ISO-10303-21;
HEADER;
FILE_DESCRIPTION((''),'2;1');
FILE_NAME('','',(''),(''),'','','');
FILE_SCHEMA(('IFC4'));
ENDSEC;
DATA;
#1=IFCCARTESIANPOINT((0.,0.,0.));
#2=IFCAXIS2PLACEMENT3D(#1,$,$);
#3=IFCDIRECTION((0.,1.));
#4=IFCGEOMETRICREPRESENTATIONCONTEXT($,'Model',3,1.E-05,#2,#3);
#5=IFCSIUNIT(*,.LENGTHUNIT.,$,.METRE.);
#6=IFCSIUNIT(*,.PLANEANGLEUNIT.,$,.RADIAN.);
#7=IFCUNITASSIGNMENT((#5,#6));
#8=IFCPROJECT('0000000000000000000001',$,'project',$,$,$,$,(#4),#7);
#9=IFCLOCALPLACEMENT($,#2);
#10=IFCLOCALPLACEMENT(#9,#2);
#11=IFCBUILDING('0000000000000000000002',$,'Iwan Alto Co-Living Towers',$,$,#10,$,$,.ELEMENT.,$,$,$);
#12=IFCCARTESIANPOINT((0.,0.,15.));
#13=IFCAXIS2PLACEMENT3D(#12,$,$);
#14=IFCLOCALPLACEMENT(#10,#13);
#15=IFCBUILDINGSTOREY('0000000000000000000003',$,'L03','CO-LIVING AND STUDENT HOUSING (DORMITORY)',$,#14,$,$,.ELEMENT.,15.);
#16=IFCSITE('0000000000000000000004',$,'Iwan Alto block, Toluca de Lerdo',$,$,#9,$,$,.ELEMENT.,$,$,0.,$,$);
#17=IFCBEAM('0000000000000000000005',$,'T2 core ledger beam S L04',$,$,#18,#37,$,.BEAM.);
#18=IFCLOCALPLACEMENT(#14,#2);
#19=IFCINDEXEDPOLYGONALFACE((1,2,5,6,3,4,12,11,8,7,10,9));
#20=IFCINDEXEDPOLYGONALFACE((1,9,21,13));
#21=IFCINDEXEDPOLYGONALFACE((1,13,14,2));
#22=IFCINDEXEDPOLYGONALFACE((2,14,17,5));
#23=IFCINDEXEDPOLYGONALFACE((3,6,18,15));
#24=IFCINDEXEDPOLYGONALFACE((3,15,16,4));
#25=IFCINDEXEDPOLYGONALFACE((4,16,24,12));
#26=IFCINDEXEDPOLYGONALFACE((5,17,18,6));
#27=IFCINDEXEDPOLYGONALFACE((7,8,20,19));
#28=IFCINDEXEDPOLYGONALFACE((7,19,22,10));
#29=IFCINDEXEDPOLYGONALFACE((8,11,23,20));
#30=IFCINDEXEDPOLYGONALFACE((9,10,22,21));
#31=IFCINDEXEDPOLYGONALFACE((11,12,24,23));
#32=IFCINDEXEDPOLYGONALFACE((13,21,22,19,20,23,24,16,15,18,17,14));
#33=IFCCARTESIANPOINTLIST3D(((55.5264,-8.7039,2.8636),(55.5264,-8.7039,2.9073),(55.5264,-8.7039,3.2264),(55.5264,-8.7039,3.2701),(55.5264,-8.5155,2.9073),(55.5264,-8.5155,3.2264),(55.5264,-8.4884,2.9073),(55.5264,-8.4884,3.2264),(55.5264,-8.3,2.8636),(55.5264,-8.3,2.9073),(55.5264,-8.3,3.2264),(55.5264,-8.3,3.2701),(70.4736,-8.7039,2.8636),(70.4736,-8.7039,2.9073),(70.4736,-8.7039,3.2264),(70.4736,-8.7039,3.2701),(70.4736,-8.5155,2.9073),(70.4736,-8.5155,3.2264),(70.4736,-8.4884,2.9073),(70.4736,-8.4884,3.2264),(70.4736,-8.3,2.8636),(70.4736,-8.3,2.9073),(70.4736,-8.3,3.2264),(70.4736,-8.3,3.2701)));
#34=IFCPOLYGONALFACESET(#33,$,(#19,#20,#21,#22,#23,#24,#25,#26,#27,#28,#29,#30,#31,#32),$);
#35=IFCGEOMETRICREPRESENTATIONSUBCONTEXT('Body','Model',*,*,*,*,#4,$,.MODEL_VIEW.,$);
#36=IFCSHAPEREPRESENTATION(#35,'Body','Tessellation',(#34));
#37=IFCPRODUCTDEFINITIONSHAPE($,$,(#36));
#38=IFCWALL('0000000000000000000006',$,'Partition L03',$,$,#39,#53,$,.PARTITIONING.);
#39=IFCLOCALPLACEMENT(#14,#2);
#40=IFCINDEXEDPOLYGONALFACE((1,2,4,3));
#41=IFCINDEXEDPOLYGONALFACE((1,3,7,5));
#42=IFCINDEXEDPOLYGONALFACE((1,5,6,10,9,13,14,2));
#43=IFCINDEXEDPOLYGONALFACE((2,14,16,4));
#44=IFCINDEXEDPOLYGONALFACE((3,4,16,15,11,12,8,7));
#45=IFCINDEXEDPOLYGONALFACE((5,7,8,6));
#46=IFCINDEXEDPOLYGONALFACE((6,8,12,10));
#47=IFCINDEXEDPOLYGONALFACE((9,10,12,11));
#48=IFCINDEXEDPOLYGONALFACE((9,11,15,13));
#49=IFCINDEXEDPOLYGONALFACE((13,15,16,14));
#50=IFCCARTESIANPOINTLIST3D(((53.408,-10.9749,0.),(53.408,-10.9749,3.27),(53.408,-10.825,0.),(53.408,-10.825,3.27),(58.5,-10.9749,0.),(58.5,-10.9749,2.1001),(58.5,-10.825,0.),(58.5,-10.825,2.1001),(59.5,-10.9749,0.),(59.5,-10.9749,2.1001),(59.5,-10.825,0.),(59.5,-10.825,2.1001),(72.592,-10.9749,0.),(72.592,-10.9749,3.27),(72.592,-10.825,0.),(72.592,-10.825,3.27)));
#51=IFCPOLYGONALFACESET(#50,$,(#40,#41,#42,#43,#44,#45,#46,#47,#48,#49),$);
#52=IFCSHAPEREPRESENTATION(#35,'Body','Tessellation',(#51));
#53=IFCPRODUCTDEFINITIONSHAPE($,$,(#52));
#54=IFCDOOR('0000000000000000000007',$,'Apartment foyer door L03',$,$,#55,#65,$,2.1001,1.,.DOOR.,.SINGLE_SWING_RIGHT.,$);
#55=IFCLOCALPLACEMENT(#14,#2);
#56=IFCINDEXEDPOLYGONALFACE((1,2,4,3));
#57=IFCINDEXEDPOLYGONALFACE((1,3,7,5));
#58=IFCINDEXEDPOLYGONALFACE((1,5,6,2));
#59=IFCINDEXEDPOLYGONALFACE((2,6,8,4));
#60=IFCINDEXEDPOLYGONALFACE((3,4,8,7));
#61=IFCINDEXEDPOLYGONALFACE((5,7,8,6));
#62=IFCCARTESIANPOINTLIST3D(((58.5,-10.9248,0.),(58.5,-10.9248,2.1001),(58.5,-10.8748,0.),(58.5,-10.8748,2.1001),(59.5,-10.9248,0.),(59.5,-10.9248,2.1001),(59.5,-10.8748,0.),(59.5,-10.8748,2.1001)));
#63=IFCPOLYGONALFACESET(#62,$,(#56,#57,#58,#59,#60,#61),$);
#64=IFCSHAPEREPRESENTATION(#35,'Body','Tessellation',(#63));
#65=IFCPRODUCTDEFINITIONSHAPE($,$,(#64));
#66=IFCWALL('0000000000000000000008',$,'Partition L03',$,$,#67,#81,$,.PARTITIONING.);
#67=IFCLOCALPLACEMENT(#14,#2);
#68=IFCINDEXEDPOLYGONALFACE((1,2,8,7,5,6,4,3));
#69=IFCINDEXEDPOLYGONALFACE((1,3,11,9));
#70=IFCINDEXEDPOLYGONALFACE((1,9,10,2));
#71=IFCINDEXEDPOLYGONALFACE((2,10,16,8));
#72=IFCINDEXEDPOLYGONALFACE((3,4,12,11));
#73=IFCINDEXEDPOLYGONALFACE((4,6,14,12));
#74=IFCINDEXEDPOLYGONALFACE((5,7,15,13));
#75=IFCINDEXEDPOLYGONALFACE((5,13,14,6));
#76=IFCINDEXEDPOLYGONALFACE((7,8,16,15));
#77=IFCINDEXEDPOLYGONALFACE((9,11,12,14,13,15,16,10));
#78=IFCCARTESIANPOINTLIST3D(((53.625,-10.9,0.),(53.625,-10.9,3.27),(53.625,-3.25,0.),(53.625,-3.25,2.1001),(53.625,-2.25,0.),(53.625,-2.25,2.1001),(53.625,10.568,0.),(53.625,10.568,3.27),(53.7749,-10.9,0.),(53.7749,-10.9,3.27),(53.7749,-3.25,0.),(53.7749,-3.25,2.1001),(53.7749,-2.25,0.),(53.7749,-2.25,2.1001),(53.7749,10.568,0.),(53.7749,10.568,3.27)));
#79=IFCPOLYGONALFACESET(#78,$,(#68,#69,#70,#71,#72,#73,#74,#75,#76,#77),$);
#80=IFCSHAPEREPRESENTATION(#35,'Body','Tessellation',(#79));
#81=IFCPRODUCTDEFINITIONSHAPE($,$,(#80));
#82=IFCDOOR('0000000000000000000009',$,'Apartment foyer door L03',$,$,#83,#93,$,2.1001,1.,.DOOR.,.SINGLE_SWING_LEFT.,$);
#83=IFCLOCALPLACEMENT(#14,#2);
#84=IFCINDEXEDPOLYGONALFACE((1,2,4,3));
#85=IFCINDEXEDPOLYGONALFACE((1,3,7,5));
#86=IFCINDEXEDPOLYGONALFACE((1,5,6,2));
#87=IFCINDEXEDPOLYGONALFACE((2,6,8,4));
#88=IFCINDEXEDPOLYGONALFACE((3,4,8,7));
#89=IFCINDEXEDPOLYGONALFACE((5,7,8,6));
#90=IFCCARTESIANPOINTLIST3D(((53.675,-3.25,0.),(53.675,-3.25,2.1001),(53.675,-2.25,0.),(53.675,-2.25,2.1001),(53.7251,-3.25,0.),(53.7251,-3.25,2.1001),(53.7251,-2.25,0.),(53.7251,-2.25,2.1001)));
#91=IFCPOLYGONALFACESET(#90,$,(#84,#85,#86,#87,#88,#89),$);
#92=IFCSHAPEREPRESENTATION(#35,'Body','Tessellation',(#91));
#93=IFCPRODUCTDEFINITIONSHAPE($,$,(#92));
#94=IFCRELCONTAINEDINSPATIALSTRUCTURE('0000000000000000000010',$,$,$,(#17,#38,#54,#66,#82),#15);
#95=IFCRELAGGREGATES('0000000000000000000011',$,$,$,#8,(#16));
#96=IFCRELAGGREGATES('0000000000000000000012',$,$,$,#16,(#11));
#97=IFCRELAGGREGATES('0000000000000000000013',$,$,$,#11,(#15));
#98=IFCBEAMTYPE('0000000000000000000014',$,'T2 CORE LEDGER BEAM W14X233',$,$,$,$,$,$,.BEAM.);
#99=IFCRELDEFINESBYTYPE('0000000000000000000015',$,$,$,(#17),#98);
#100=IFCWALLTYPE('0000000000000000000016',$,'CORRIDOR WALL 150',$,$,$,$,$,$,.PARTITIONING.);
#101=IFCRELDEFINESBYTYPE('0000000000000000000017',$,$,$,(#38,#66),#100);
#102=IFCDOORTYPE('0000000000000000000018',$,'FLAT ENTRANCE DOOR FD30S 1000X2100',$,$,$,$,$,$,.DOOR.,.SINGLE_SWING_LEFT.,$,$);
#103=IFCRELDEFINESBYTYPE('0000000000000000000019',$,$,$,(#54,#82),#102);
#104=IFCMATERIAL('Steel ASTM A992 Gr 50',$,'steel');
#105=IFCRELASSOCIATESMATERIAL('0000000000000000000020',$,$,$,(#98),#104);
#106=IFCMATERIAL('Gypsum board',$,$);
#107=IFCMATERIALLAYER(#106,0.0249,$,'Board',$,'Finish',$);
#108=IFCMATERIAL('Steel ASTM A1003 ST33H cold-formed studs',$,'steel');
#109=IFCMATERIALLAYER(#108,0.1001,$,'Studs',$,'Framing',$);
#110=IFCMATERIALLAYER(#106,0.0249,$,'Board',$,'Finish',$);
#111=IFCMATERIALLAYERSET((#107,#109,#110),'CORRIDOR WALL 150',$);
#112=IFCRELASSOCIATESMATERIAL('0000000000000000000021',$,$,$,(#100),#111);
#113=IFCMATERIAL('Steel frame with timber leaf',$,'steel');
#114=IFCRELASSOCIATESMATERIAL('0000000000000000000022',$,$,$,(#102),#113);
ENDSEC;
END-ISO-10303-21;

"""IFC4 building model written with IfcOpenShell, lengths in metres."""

from ifc_helpers import new_model, si_unit, direction, frame, frame_2d, origin, origin_2d, place, context, subcontext, project, spatial, rectangle, i_section, extrude, material, layer, layer_set, material_profile, profile_set, type_object, element, fill, save


model = new_model("IFC4")

# Units and contexts
model_context = context("Model", 3, precision=1e-05, world=origin(), true_north=direction((0.0, 1.0)))
body_context = subcontext(model_context, "Body", "Model", "MODEL_VIEW")
ifc_project = project(units=[si_unit("LENGTHUNIT", "METRE"), si_unit("PLANEANGLEUNIT", "RADIAN")], contexts=[model_context])

# Site, building, storey
site_placement = place(None, origin())
site = spatial("IfcSite", under=ifc_project, at=site_placement, Name="Iwan Alto block, Toluca de Lerdo", CompositionType="ELEMENT", RefElevation=0.0)
building_placement = place(site_placement, origin())
building = spatial("IfcBuilding", under=site, at=building_placement, Name="Iwan Alto Co-Living Towers", CompositionType="ELEMENT")
storey_placement = place(building_placement, frame((0.0, 0.0, 15.0)))
storey = spatial("IfcBuildingStorey", under=building, at=storey_placement, Name="L03", Description="CO-LIVING AND STUDENT HOUSING (DORMITORY)", CompositionType="ELEMENT", Elevation=15.0)

# Beam
ifc_material_1 = material(Name="Steel ASTM A992 Gr 50", Category="steel")
ifc_material_profile = material_profile(ifc_material_1, i_section(OverallWidth=0.4038, OverallDepth=0.4065, WebThickness=0.0271, FlangeThickness=0.0437, at=origin_2d()), Name="W14X233")
ifc_profile_set = profile_set([ifc_material_profile], Name="Steel ASTM A992 Gr 50")
beam_type = type_object("IfcBeamType", Name="T2 CORE LEDGER BEAM W14X233", PredefinedType="BEAM", material=ifc_profile_set)
beam_placement = place(storey_placement, frame((55.5264, -8.502, 3.0669), z_axis=(1.0, 0.0, 0.0), x_axis=(0.0, 1.0, 0.0)))
element("IfcBeam", 1, at=beam_placement, inside=storey, type_object=beam_type, Name="T2 core ledger beam S L04", PredefinedType="BEAM", context=body_context, shape_type="SweptSolid", body=[
    extrude(i_section(OverallWidth=0.4038, OverallDepth=0.4065, WebThickness=0.0271, FlangeThickness=0.0437, at=origin_2d()), origin(), (0.0, 0.0, 1.0), 14.9473),
])

# Walls, openings, doors
ifc_material_2 = material(Name="Gypsum board")
ifc_layer_1 = layer(ifc_material_2, 0.0249, Name="Board", Category="Finish")
ifc_material_3 = material(Name="Steel ASTM A1003 ST33H cold-formed studs", Category="steel")
ifc_layer_2 = layer(ifc_material_3, 0.1001, Name="Studs", Category="Framing")
ifc_layer_3 = layer(ifc_material_2, 0.0249, Name="Board", Category="Finish")
ifc_layer_set_1 = layer_set([ifc_layer_1, ifc_layer_2, ifc_layer_3], Name="CORRIDOR WALL 150")
wall_type_1 = type_object("IfcWallType", Name="CORRIDOR WALL 150", PredefinedType="PARTITIONING", material=ifc_layer_set_1)
wall_1_placement = place(storey_placement, frame((53.408, -10.8999, 0.0), z_axis=(0.0, 0.0, 1.0), x_axis=(1.0, 0.0, 0.0)))
wall_1 = element("IfcWall", 2, at=wall_1_placement, inside=storey, type_object=wall_type_1, Name="Partition L03", PredefinedType="PARTITIONING", context=body_context, shape_type="SweptSolid", body=[
    extrude(rectangle(XDim=19.1841, YDim=0.1499, at=frame_2d((9.592, 0.0))), origin(), (0.0, 0.0, 1.0), 3.27),
])
opening_1_placement = place(wall_1_placement, frame((5.092, 0.0, 0.0)))
opening_1 = element("IfcOpeningElement", 3, at=opening_1_placement, cuts=wall_1, PredefinedType="OPENING", context=body_context, shape_type="SweptSolid", body=[
    extrude(rectangle(XDim=1.0, YDim=2.1001, at=frame_2d((0.5, 1.05))), frame((0.0, 0.085, 0.0), z_axis=(0.0, -1.0, 0.0), x_axis=(1.0, 0.0, 0.0)), (0.0, 0.0, 1.0), 0.1699),
])
ifc_material_4 = material(Name="Steel frame with timber leaf", Category="steel")
door_type_1 = type_object("IfcDoorType", Name="FLAT ENTRANCE DOOR FD30S 1000X2100", OperationType="SINGLE_SWING_LEFT", PredefinedType="DOOR", material=ifc_material_4)
door_1_placement = place(opening_1_placement, frame((1.0, 0.0, 0.0), z_axis=(0.0, 0.0, 1.0), x_axis=(-1.0, 0.0, 0.0)))
door_1 = element("IfcDoor", 4, at=door_1_placement, inside=storey, type_object=door_type_1, Name="Apartment foyer door L03", OperationType="SINGLE_SWING_RIGHT", OverallHeight=2.1001, OverallWidth=1.0, PredefinedType="DOOR", context=body_context, shape_type="SweptSolid", body=[
    extrude(rectangle(XDim=1.0, YDim=2.1001, at=frame_2d((0.5, 1.05))), frame((0.0, 0.0249, 0.0), z_axis=(0.0, -1.0, 0.0), x_axis=(1.0, 0.0, 0.0)), (0.0, 0.0, 1.0), 0.05),
])
fill(opening_1, door_1)
wall_2_placement = place(storey_placement, frame((53.7, -10.8999, 0.0), z_axis=(0.0, 0.0, 1.0), x_axis=(0.0, 1.0, 0.0)))
wall_2 = element("IfcWall", 5, at=wall_2_placement, inside=storey, type_object=wall_type_1, Name="Partition L03", PredefinedType="PARTITIONING", context=body_context, shape_type="SweptSolid", body=[
    extrude(rectangle(XDim=21.468, YDim=0.1499, at=frame_2d((10.7339, 0.0))), origin(), (0.0, 0.0, 1.0), 3.27),
])
opening_2_placement = place(wall_2_placement, frame((7.6499, 0.0, 0.0)))
opening_2 = element("IfcOpeningElement", 6, at=opening_2_placement, cuts=wall_2, PredefinedType="OPENING", context=body_context, shape_type="SweptSolid", body=[
    extrude(rectangle(XDim=1.0, YDim=2.1001, at=frame_2d((0.5, 1.05))), frame((0.0, 0.085, 0.0), z_axis=(0.0, -1.0, 0.0), x_axis=(1.0, 0.0, 0.0)), (0.0, 0.0, 1.0), 0.1699),
])
door_2_placement = place(opening_2_placement, origin())
door_2 = element("IfcDoor", 7, at=door_2_placement, inside=storey, type_object=door_type_1, Name="Apartment foyer door L03", OperationType="SINGLE_SWING_LEFT", OverallHeight=2.1001, OverallWidth=1.0, PredefinedType="DOOR", context=body_context, shape_type="SweptSolid", body=[
    extrude(rectangle(XDim=1.0, YDim=2.1001, at=frame_2d((0.5, 1.05))), frame((0.0, 0.0249, 0.0), z_axis=(0.0, -1.0, 0.0), x_axis=(1.0, 0.0, 0.0)), (0.0, 0.0, 1.0), 0.05),
])
fill(opening_2, door_2)

save(model, "model.ifc")
